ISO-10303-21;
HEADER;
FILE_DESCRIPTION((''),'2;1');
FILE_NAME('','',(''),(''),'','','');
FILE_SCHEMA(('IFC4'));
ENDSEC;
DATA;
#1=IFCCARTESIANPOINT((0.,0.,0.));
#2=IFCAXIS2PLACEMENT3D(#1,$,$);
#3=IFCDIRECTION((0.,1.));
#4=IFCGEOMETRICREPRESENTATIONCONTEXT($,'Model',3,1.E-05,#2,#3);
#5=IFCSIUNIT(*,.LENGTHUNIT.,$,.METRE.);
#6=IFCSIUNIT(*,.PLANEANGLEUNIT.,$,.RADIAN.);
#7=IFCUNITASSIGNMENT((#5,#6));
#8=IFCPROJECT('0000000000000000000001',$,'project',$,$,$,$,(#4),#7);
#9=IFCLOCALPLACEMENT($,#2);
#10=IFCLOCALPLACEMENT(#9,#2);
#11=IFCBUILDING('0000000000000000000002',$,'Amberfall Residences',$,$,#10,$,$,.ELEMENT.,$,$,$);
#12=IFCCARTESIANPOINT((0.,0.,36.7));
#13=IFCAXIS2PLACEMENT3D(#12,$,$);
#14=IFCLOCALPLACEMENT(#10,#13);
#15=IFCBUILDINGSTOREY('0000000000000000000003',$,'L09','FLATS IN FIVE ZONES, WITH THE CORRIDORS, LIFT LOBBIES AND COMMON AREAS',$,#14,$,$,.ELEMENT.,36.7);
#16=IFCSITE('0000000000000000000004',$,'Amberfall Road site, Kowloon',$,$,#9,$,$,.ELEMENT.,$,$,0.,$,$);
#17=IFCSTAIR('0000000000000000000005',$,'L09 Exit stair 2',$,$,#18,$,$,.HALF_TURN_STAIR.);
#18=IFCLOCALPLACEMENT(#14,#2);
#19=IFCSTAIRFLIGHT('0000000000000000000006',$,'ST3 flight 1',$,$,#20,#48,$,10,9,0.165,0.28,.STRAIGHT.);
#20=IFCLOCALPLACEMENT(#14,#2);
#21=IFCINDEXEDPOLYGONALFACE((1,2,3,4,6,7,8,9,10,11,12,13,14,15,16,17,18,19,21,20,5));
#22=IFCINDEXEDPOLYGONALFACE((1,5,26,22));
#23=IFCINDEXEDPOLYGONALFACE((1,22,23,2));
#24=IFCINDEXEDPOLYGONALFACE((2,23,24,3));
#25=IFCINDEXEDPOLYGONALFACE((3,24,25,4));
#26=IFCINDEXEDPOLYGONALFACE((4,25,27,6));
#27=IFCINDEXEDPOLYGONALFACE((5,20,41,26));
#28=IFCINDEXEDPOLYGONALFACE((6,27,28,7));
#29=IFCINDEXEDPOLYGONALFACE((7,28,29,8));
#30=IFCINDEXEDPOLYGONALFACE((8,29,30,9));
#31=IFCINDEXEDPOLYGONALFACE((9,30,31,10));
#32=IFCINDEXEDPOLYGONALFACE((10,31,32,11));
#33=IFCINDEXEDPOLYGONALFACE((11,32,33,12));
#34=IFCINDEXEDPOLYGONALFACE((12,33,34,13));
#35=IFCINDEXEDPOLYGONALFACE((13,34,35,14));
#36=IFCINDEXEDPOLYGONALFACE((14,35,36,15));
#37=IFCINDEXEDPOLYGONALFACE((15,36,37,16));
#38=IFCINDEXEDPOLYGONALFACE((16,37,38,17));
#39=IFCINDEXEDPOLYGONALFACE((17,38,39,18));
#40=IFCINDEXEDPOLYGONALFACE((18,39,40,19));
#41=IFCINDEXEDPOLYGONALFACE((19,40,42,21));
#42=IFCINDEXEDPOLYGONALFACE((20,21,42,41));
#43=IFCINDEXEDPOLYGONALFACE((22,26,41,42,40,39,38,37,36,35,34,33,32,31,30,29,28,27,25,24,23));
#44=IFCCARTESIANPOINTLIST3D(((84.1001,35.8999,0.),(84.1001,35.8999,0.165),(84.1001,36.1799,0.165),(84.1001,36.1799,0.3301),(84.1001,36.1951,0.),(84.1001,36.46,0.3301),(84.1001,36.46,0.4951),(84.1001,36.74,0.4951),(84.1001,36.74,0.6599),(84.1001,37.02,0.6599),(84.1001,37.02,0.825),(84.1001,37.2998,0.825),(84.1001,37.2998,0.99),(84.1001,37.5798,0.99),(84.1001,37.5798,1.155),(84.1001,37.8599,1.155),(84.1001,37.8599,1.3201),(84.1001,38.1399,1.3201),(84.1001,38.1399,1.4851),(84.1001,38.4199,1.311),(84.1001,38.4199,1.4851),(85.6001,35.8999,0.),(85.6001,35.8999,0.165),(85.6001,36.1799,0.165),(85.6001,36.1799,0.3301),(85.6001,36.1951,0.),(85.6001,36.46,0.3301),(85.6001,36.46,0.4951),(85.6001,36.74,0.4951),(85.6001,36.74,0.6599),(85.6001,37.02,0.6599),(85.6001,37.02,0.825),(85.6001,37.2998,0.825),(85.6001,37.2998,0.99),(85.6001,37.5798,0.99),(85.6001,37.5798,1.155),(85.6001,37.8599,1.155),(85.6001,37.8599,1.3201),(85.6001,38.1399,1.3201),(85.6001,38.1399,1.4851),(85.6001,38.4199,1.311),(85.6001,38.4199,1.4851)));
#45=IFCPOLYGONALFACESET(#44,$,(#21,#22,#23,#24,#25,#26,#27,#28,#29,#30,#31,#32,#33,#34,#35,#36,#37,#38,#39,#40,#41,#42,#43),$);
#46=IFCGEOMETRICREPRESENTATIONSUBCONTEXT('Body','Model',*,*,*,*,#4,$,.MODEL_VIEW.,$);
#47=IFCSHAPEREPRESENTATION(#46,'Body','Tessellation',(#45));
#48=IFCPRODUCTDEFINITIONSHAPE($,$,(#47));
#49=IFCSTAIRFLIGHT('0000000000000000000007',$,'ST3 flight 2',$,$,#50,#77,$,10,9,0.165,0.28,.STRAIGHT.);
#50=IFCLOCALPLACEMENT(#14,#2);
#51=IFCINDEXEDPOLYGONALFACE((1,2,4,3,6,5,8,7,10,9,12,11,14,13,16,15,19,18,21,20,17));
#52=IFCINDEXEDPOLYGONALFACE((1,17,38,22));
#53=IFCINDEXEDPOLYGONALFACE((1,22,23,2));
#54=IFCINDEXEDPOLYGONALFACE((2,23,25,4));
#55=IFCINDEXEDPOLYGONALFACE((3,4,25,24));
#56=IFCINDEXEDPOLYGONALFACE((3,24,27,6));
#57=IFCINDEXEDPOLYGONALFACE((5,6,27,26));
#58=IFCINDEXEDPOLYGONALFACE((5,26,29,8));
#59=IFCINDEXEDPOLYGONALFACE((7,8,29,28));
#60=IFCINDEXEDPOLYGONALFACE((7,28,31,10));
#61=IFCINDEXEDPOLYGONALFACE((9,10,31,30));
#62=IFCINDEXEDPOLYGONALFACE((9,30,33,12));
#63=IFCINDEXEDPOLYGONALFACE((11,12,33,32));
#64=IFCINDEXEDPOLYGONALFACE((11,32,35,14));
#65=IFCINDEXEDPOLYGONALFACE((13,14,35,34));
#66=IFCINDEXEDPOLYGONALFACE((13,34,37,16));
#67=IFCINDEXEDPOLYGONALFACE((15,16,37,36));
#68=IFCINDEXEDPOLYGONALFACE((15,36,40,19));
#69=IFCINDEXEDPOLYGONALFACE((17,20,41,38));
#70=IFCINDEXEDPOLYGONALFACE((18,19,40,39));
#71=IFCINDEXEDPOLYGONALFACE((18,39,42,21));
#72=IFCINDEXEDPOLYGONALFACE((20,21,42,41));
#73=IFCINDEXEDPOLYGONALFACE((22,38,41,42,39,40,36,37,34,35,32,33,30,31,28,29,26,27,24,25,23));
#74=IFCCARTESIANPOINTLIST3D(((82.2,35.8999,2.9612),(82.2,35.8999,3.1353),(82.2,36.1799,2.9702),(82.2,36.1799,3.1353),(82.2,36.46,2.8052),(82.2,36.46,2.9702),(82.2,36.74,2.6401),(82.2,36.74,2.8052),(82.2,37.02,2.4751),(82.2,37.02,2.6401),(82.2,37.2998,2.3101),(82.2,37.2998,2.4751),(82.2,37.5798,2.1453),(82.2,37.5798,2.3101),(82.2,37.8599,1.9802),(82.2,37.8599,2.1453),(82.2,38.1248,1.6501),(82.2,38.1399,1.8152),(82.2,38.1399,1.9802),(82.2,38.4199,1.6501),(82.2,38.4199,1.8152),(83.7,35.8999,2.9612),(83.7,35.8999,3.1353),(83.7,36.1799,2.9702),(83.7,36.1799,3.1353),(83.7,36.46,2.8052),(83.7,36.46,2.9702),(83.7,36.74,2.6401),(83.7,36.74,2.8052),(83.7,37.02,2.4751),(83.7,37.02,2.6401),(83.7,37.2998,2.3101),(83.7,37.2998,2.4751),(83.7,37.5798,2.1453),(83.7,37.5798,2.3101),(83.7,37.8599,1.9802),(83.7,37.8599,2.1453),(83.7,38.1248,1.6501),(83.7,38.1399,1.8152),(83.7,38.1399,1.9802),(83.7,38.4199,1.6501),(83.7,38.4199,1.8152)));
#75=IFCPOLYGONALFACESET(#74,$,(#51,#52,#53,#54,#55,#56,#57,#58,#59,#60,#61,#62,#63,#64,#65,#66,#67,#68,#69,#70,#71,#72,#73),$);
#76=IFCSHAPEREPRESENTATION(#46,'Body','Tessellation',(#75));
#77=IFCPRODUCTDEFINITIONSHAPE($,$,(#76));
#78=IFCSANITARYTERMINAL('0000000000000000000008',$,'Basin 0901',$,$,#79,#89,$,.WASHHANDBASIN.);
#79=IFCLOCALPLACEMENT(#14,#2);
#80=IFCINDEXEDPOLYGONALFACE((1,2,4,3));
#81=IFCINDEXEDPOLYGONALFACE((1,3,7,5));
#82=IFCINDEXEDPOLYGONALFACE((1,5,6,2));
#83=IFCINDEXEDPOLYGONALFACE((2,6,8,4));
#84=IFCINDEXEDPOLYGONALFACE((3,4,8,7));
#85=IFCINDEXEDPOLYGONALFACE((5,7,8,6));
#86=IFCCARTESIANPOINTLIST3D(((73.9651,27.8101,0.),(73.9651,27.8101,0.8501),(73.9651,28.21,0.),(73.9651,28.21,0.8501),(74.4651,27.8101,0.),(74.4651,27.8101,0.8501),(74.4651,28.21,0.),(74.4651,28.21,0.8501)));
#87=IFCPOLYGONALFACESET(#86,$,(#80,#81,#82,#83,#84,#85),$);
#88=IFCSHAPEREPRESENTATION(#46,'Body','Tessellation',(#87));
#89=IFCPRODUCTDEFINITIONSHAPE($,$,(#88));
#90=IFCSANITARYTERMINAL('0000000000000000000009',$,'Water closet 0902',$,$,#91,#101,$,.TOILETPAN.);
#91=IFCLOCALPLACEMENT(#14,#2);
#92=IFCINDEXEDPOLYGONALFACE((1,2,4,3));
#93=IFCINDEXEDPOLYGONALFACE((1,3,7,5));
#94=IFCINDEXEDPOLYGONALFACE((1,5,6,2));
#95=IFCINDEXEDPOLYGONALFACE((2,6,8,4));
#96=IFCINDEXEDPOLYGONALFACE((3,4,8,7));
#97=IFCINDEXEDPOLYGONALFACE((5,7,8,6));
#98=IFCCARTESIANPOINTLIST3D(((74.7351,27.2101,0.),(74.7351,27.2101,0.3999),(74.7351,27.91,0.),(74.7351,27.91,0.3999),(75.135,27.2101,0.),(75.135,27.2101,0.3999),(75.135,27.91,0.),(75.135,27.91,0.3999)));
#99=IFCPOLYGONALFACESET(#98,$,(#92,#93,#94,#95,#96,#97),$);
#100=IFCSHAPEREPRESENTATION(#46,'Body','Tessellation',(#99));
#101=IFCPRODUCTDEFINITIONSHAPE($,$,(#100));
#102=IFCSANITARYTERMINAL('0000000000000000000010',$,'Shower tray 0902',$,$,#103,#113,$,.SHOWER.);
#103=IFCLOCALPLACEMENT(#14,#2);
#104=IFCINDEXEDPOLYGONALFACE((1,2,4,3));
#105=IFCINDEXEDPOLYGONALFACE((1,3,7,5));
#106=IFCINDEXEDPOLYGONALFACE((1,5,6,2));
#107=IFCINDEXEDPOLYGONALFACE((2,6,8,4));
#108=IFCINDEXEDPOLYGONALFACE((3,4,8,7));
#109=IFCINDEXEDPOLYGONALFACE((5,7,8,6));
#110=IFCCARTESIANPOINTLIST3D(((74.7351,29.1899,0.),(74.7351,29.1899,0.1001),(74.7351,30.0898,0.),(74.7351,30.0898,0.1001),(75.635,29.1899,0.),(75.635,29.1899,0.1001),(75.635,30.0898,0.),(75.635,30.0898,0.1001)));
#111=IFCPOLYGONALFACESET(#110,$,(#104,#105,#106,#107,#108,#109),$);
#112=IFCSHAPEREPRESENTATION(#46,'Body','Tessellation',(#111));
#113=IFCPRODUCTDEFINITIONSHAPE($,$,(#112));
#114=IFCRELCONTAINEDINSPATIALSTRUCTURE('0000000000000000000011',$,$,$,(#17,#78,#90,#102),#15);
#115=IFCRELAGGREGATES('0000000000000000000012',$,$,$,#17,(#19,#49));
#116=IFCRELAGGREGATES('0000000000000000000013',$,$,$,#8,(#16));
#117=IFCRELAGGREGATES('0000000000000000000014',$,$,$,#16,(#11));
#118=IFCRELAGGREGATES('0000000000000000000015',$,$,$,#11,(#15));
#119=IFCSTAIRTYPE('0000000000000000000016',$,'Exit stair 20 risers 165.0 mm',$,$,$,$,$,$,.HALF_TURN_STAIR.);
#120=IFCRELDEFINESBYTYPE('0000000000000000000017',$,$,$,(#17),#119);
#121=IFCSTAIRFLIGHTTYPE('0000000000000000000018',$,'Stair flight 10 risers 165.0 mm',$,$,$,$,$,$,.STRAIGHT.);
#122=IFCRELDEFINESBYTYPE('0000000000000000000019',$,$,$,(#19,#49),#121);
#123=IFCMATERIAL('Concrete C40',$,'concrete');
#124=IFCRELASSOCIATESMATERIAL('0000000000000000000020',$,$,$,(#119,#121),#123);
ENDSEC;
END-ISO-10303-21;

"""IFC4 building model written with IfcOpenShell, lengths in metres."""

from ifc_helpers import new_model, si_unit, direction, frame, origin, origin_2d, place, context, subcontext, project, spatial, polyline, rectangle, outline, extrude, material, type_object, element, aggregate, save


model = new_model("IFC4")

# Units and contexts
model_context = context("Model", 3, precision=1e-05, world=origin(), true_north=direction((0.0, 1.0)))
body_context = subcontext(model_context, "Body", "Model", "MODEL_VIEW")
ifc_project = project(units=[si_unit("LENGTHUNIT", "METRE"), si_unit("PLANEANGLEUNIT", "RADIAN")], contexts=[model_context])

# Site, building, storey
site_placement = place(None, origin())
site = spatial("IfcSite", under=ifc_project, at=site_placement, Name="Amberfall Road site, Kowloon", CompositionType="ELEMENT", RefElevation=0.0)
building_placement = place(site_placement, origin())
building = spatial("IfcBuilding", under=site, at=building_placement, Name="Amberfall Residences", CompositionType="ELEMENT")
storey_placement = place(building_placement, frame((0.0, 0.0, 36.7)))
storey = spatial("IfcBuildingStorey", under=building, at=storey_placement, Name="L09", Description="FLATS IN FIVE ZONES, WITH THE CORRIDORS, LIFT LOBBIES AND COMMON AREAS", CompositionType="ELEMENT", Elevation=36.7)

# Stair, stair flights
ifc_material_1 = material(Name="Concrete C40", Category="concrete")
stair_type = type_object("IfcStairType", Name="Exit stair 20 risers 165.0 mm", PredefinedType="HALF_TURN_STAIR", material=ifc_material_1)
stair_placement = place(storey_placement, origin())
stair = element("IfcStair", 1, at=stair_placement, inside=storey, type_object=stair_type, Name="L09 Exit stair 2", PredefinedType="HALF_TURN_STAIR")
stair_flight_type = type_object("IfcStairFlightType", Name="Stair flight 10 risers 165.0 mm", PredefinedType="STRAIGHT", material=ifc_material_1)
stair_flight_1_placement = place(storey_placement, frame((84.8501, 35.8999, 0.0), z_axis=(0.0, 0.0, 1.0), x_axis=(0.0, 1.0, 0.0)))
stair_flight_1 = element("IfcStairFlight", 2, at=stair_flight_1_placement, type_object=stair_flight_type, Name="ST3 flight 1", NumberOfRisers=10, NumberOfTreads=9, PredefinedType="STRAIGHT", RiserHeight=0.165, TreadLength=0.28, context=body_context, shape_type="SweptSolid", body=[
    extrude(outline(polyline([(0.0, 0.0), (0.0, 0.165), (0.28, 0.165), (0.28, 0.3301), (0.5601, 0.3301), (0.5601, 0.4951), (0.8401, 0.4951), (0.8401, 0.6599), (1.1201, 0.6599), (1.1201, 0.825), (1.3999, 0.825), (1.3999, 0.99), (1.6799, 0.99), (1.6799, 1.155), (1.96, 1.155), (1.96, 1.3201), (2.24, 1.3201), (2.24, 1.4851), (2.52, 1.4851), (2.52, 1.6499), (2.52, 1.311), (0.2952, 0.0), (0.0, 0.0)])), frame((0.0, 0.75, 0.0), z_axis=(0.0, -1.0, 0.0), x_axis=(1.0, 0.0, 0.0)), (0.0, 0.0, 1.0), 1.5),
])
stair_flight_2_placement = place(storey_placement, frame((82.95, 38.4199, 1.6501), z_axis=(0.0, 0.0, 1.0), x_axis=(0.0, -1.0, 0.0)))
stair_flight_2 = element("IfcStairFlight", 3, at=stair_flight_2_placement, type_object=stair_flight_type, Name="ST3 flight 2", NumberOfRisers=10, NumberOfTreads=9, PredefinedType="STRAIGHT", RiserHeight=0.165, TreadLength=0.28, context=body_context, shape_type="SweptSolid", body=[
    extrude(outline(polyline([(0.0, 0.0), (0.0, 0.165), (0.28, 0.165), (0.28, 0.3301), (0.5601, 0.3301), (0.5601, 0.4951), (0.8401, 0.4951), (0.8401, 0.6599), (1.1201, 0.6599), (1.1201, 0.825), (1.3999, 0.825), (1.3999, 0.99), (1.6799, 0.99), (1.6799, 1.155), (1.96, 1.155), (1.96, 1.3201), (2.24, 1.3201), (2.24, 1.4851), (2.52, 1.4851), (2.52, 1.6499), (2.52, 1.311), (0.2952, 0.0), (0.0, 0.0)])), frame((0.0, 0.75, 0.0), z_axis=(0.0, -1.0, 0.0), x_axis=(1.0, 0.0, 0.0)), (0.0, 0.0, 1.0), 1.5),
])
aggregate(stair, [stair_flight_1, stair_flight_2])

# Sanitary terminals
sanitary_terminal_1_placement = place(storey_placement, frame((74.2151, 28.01, 0.0), z_axis=(0.0, 0.0, 1.0), x_axis=(1.0, 0.0, 0.0)))
element("IfcSanitaryTerminal", 4, at=sanitary_terminal_1_placement, inside=storey, Name="Basin 0901", PredefinedType="WASHHANDBASIN", context=body_context, shape_type="SweptSolid", body=[
    extrude(rectangle(XDim=0.5, YDim=0.3999, at=origin_2d()), origin(), (0.0, 0.0, 1.0), 0.8501),
])
sanitary_terminal_2_placement = place(storey_placement, frame((74.9351, 27.5601, 0.0), z_axis=(0.0, 0.0, 1.0), x_axis=(1.0, 0.0, 0.0)))
element("IfcSanitaryTerminal", 5, at=sanitary_terminal_2_placement, inside=storey, Name="Water closet 0902", PredefinedType="TOILETPAN", context=body_context, shape_type="SweptSolid", body=[
    extrude(rectangle(XDim=0.3999, YDim=0.7, at=origin_2d()), origin(), (0.0, 0.0, 1.0), 0.3999),
])
sanitary_terminal_3_placement = place(storey_placement, frame((75.1851, 29.6399, 0.0), z_axis=(0.0, 0.0, 1.0), x_axis=(1.0, 0.0, 0.0)))
element("IfcSanitaryTerminal", 6, at=sanitary_terminal_3_placement, inside=storey, Name="Shower tray 0902", PredefinedType="SHOWER", context=body_context, shape_type="SweptSolid", body=[
    extrude(rectangle(XDim=0.8999, YDim=0.8999, at=origin_2d()), origin(), (0.0, 0.0, 1.0), 0.1001),
])

save(model, "model.ifc")
